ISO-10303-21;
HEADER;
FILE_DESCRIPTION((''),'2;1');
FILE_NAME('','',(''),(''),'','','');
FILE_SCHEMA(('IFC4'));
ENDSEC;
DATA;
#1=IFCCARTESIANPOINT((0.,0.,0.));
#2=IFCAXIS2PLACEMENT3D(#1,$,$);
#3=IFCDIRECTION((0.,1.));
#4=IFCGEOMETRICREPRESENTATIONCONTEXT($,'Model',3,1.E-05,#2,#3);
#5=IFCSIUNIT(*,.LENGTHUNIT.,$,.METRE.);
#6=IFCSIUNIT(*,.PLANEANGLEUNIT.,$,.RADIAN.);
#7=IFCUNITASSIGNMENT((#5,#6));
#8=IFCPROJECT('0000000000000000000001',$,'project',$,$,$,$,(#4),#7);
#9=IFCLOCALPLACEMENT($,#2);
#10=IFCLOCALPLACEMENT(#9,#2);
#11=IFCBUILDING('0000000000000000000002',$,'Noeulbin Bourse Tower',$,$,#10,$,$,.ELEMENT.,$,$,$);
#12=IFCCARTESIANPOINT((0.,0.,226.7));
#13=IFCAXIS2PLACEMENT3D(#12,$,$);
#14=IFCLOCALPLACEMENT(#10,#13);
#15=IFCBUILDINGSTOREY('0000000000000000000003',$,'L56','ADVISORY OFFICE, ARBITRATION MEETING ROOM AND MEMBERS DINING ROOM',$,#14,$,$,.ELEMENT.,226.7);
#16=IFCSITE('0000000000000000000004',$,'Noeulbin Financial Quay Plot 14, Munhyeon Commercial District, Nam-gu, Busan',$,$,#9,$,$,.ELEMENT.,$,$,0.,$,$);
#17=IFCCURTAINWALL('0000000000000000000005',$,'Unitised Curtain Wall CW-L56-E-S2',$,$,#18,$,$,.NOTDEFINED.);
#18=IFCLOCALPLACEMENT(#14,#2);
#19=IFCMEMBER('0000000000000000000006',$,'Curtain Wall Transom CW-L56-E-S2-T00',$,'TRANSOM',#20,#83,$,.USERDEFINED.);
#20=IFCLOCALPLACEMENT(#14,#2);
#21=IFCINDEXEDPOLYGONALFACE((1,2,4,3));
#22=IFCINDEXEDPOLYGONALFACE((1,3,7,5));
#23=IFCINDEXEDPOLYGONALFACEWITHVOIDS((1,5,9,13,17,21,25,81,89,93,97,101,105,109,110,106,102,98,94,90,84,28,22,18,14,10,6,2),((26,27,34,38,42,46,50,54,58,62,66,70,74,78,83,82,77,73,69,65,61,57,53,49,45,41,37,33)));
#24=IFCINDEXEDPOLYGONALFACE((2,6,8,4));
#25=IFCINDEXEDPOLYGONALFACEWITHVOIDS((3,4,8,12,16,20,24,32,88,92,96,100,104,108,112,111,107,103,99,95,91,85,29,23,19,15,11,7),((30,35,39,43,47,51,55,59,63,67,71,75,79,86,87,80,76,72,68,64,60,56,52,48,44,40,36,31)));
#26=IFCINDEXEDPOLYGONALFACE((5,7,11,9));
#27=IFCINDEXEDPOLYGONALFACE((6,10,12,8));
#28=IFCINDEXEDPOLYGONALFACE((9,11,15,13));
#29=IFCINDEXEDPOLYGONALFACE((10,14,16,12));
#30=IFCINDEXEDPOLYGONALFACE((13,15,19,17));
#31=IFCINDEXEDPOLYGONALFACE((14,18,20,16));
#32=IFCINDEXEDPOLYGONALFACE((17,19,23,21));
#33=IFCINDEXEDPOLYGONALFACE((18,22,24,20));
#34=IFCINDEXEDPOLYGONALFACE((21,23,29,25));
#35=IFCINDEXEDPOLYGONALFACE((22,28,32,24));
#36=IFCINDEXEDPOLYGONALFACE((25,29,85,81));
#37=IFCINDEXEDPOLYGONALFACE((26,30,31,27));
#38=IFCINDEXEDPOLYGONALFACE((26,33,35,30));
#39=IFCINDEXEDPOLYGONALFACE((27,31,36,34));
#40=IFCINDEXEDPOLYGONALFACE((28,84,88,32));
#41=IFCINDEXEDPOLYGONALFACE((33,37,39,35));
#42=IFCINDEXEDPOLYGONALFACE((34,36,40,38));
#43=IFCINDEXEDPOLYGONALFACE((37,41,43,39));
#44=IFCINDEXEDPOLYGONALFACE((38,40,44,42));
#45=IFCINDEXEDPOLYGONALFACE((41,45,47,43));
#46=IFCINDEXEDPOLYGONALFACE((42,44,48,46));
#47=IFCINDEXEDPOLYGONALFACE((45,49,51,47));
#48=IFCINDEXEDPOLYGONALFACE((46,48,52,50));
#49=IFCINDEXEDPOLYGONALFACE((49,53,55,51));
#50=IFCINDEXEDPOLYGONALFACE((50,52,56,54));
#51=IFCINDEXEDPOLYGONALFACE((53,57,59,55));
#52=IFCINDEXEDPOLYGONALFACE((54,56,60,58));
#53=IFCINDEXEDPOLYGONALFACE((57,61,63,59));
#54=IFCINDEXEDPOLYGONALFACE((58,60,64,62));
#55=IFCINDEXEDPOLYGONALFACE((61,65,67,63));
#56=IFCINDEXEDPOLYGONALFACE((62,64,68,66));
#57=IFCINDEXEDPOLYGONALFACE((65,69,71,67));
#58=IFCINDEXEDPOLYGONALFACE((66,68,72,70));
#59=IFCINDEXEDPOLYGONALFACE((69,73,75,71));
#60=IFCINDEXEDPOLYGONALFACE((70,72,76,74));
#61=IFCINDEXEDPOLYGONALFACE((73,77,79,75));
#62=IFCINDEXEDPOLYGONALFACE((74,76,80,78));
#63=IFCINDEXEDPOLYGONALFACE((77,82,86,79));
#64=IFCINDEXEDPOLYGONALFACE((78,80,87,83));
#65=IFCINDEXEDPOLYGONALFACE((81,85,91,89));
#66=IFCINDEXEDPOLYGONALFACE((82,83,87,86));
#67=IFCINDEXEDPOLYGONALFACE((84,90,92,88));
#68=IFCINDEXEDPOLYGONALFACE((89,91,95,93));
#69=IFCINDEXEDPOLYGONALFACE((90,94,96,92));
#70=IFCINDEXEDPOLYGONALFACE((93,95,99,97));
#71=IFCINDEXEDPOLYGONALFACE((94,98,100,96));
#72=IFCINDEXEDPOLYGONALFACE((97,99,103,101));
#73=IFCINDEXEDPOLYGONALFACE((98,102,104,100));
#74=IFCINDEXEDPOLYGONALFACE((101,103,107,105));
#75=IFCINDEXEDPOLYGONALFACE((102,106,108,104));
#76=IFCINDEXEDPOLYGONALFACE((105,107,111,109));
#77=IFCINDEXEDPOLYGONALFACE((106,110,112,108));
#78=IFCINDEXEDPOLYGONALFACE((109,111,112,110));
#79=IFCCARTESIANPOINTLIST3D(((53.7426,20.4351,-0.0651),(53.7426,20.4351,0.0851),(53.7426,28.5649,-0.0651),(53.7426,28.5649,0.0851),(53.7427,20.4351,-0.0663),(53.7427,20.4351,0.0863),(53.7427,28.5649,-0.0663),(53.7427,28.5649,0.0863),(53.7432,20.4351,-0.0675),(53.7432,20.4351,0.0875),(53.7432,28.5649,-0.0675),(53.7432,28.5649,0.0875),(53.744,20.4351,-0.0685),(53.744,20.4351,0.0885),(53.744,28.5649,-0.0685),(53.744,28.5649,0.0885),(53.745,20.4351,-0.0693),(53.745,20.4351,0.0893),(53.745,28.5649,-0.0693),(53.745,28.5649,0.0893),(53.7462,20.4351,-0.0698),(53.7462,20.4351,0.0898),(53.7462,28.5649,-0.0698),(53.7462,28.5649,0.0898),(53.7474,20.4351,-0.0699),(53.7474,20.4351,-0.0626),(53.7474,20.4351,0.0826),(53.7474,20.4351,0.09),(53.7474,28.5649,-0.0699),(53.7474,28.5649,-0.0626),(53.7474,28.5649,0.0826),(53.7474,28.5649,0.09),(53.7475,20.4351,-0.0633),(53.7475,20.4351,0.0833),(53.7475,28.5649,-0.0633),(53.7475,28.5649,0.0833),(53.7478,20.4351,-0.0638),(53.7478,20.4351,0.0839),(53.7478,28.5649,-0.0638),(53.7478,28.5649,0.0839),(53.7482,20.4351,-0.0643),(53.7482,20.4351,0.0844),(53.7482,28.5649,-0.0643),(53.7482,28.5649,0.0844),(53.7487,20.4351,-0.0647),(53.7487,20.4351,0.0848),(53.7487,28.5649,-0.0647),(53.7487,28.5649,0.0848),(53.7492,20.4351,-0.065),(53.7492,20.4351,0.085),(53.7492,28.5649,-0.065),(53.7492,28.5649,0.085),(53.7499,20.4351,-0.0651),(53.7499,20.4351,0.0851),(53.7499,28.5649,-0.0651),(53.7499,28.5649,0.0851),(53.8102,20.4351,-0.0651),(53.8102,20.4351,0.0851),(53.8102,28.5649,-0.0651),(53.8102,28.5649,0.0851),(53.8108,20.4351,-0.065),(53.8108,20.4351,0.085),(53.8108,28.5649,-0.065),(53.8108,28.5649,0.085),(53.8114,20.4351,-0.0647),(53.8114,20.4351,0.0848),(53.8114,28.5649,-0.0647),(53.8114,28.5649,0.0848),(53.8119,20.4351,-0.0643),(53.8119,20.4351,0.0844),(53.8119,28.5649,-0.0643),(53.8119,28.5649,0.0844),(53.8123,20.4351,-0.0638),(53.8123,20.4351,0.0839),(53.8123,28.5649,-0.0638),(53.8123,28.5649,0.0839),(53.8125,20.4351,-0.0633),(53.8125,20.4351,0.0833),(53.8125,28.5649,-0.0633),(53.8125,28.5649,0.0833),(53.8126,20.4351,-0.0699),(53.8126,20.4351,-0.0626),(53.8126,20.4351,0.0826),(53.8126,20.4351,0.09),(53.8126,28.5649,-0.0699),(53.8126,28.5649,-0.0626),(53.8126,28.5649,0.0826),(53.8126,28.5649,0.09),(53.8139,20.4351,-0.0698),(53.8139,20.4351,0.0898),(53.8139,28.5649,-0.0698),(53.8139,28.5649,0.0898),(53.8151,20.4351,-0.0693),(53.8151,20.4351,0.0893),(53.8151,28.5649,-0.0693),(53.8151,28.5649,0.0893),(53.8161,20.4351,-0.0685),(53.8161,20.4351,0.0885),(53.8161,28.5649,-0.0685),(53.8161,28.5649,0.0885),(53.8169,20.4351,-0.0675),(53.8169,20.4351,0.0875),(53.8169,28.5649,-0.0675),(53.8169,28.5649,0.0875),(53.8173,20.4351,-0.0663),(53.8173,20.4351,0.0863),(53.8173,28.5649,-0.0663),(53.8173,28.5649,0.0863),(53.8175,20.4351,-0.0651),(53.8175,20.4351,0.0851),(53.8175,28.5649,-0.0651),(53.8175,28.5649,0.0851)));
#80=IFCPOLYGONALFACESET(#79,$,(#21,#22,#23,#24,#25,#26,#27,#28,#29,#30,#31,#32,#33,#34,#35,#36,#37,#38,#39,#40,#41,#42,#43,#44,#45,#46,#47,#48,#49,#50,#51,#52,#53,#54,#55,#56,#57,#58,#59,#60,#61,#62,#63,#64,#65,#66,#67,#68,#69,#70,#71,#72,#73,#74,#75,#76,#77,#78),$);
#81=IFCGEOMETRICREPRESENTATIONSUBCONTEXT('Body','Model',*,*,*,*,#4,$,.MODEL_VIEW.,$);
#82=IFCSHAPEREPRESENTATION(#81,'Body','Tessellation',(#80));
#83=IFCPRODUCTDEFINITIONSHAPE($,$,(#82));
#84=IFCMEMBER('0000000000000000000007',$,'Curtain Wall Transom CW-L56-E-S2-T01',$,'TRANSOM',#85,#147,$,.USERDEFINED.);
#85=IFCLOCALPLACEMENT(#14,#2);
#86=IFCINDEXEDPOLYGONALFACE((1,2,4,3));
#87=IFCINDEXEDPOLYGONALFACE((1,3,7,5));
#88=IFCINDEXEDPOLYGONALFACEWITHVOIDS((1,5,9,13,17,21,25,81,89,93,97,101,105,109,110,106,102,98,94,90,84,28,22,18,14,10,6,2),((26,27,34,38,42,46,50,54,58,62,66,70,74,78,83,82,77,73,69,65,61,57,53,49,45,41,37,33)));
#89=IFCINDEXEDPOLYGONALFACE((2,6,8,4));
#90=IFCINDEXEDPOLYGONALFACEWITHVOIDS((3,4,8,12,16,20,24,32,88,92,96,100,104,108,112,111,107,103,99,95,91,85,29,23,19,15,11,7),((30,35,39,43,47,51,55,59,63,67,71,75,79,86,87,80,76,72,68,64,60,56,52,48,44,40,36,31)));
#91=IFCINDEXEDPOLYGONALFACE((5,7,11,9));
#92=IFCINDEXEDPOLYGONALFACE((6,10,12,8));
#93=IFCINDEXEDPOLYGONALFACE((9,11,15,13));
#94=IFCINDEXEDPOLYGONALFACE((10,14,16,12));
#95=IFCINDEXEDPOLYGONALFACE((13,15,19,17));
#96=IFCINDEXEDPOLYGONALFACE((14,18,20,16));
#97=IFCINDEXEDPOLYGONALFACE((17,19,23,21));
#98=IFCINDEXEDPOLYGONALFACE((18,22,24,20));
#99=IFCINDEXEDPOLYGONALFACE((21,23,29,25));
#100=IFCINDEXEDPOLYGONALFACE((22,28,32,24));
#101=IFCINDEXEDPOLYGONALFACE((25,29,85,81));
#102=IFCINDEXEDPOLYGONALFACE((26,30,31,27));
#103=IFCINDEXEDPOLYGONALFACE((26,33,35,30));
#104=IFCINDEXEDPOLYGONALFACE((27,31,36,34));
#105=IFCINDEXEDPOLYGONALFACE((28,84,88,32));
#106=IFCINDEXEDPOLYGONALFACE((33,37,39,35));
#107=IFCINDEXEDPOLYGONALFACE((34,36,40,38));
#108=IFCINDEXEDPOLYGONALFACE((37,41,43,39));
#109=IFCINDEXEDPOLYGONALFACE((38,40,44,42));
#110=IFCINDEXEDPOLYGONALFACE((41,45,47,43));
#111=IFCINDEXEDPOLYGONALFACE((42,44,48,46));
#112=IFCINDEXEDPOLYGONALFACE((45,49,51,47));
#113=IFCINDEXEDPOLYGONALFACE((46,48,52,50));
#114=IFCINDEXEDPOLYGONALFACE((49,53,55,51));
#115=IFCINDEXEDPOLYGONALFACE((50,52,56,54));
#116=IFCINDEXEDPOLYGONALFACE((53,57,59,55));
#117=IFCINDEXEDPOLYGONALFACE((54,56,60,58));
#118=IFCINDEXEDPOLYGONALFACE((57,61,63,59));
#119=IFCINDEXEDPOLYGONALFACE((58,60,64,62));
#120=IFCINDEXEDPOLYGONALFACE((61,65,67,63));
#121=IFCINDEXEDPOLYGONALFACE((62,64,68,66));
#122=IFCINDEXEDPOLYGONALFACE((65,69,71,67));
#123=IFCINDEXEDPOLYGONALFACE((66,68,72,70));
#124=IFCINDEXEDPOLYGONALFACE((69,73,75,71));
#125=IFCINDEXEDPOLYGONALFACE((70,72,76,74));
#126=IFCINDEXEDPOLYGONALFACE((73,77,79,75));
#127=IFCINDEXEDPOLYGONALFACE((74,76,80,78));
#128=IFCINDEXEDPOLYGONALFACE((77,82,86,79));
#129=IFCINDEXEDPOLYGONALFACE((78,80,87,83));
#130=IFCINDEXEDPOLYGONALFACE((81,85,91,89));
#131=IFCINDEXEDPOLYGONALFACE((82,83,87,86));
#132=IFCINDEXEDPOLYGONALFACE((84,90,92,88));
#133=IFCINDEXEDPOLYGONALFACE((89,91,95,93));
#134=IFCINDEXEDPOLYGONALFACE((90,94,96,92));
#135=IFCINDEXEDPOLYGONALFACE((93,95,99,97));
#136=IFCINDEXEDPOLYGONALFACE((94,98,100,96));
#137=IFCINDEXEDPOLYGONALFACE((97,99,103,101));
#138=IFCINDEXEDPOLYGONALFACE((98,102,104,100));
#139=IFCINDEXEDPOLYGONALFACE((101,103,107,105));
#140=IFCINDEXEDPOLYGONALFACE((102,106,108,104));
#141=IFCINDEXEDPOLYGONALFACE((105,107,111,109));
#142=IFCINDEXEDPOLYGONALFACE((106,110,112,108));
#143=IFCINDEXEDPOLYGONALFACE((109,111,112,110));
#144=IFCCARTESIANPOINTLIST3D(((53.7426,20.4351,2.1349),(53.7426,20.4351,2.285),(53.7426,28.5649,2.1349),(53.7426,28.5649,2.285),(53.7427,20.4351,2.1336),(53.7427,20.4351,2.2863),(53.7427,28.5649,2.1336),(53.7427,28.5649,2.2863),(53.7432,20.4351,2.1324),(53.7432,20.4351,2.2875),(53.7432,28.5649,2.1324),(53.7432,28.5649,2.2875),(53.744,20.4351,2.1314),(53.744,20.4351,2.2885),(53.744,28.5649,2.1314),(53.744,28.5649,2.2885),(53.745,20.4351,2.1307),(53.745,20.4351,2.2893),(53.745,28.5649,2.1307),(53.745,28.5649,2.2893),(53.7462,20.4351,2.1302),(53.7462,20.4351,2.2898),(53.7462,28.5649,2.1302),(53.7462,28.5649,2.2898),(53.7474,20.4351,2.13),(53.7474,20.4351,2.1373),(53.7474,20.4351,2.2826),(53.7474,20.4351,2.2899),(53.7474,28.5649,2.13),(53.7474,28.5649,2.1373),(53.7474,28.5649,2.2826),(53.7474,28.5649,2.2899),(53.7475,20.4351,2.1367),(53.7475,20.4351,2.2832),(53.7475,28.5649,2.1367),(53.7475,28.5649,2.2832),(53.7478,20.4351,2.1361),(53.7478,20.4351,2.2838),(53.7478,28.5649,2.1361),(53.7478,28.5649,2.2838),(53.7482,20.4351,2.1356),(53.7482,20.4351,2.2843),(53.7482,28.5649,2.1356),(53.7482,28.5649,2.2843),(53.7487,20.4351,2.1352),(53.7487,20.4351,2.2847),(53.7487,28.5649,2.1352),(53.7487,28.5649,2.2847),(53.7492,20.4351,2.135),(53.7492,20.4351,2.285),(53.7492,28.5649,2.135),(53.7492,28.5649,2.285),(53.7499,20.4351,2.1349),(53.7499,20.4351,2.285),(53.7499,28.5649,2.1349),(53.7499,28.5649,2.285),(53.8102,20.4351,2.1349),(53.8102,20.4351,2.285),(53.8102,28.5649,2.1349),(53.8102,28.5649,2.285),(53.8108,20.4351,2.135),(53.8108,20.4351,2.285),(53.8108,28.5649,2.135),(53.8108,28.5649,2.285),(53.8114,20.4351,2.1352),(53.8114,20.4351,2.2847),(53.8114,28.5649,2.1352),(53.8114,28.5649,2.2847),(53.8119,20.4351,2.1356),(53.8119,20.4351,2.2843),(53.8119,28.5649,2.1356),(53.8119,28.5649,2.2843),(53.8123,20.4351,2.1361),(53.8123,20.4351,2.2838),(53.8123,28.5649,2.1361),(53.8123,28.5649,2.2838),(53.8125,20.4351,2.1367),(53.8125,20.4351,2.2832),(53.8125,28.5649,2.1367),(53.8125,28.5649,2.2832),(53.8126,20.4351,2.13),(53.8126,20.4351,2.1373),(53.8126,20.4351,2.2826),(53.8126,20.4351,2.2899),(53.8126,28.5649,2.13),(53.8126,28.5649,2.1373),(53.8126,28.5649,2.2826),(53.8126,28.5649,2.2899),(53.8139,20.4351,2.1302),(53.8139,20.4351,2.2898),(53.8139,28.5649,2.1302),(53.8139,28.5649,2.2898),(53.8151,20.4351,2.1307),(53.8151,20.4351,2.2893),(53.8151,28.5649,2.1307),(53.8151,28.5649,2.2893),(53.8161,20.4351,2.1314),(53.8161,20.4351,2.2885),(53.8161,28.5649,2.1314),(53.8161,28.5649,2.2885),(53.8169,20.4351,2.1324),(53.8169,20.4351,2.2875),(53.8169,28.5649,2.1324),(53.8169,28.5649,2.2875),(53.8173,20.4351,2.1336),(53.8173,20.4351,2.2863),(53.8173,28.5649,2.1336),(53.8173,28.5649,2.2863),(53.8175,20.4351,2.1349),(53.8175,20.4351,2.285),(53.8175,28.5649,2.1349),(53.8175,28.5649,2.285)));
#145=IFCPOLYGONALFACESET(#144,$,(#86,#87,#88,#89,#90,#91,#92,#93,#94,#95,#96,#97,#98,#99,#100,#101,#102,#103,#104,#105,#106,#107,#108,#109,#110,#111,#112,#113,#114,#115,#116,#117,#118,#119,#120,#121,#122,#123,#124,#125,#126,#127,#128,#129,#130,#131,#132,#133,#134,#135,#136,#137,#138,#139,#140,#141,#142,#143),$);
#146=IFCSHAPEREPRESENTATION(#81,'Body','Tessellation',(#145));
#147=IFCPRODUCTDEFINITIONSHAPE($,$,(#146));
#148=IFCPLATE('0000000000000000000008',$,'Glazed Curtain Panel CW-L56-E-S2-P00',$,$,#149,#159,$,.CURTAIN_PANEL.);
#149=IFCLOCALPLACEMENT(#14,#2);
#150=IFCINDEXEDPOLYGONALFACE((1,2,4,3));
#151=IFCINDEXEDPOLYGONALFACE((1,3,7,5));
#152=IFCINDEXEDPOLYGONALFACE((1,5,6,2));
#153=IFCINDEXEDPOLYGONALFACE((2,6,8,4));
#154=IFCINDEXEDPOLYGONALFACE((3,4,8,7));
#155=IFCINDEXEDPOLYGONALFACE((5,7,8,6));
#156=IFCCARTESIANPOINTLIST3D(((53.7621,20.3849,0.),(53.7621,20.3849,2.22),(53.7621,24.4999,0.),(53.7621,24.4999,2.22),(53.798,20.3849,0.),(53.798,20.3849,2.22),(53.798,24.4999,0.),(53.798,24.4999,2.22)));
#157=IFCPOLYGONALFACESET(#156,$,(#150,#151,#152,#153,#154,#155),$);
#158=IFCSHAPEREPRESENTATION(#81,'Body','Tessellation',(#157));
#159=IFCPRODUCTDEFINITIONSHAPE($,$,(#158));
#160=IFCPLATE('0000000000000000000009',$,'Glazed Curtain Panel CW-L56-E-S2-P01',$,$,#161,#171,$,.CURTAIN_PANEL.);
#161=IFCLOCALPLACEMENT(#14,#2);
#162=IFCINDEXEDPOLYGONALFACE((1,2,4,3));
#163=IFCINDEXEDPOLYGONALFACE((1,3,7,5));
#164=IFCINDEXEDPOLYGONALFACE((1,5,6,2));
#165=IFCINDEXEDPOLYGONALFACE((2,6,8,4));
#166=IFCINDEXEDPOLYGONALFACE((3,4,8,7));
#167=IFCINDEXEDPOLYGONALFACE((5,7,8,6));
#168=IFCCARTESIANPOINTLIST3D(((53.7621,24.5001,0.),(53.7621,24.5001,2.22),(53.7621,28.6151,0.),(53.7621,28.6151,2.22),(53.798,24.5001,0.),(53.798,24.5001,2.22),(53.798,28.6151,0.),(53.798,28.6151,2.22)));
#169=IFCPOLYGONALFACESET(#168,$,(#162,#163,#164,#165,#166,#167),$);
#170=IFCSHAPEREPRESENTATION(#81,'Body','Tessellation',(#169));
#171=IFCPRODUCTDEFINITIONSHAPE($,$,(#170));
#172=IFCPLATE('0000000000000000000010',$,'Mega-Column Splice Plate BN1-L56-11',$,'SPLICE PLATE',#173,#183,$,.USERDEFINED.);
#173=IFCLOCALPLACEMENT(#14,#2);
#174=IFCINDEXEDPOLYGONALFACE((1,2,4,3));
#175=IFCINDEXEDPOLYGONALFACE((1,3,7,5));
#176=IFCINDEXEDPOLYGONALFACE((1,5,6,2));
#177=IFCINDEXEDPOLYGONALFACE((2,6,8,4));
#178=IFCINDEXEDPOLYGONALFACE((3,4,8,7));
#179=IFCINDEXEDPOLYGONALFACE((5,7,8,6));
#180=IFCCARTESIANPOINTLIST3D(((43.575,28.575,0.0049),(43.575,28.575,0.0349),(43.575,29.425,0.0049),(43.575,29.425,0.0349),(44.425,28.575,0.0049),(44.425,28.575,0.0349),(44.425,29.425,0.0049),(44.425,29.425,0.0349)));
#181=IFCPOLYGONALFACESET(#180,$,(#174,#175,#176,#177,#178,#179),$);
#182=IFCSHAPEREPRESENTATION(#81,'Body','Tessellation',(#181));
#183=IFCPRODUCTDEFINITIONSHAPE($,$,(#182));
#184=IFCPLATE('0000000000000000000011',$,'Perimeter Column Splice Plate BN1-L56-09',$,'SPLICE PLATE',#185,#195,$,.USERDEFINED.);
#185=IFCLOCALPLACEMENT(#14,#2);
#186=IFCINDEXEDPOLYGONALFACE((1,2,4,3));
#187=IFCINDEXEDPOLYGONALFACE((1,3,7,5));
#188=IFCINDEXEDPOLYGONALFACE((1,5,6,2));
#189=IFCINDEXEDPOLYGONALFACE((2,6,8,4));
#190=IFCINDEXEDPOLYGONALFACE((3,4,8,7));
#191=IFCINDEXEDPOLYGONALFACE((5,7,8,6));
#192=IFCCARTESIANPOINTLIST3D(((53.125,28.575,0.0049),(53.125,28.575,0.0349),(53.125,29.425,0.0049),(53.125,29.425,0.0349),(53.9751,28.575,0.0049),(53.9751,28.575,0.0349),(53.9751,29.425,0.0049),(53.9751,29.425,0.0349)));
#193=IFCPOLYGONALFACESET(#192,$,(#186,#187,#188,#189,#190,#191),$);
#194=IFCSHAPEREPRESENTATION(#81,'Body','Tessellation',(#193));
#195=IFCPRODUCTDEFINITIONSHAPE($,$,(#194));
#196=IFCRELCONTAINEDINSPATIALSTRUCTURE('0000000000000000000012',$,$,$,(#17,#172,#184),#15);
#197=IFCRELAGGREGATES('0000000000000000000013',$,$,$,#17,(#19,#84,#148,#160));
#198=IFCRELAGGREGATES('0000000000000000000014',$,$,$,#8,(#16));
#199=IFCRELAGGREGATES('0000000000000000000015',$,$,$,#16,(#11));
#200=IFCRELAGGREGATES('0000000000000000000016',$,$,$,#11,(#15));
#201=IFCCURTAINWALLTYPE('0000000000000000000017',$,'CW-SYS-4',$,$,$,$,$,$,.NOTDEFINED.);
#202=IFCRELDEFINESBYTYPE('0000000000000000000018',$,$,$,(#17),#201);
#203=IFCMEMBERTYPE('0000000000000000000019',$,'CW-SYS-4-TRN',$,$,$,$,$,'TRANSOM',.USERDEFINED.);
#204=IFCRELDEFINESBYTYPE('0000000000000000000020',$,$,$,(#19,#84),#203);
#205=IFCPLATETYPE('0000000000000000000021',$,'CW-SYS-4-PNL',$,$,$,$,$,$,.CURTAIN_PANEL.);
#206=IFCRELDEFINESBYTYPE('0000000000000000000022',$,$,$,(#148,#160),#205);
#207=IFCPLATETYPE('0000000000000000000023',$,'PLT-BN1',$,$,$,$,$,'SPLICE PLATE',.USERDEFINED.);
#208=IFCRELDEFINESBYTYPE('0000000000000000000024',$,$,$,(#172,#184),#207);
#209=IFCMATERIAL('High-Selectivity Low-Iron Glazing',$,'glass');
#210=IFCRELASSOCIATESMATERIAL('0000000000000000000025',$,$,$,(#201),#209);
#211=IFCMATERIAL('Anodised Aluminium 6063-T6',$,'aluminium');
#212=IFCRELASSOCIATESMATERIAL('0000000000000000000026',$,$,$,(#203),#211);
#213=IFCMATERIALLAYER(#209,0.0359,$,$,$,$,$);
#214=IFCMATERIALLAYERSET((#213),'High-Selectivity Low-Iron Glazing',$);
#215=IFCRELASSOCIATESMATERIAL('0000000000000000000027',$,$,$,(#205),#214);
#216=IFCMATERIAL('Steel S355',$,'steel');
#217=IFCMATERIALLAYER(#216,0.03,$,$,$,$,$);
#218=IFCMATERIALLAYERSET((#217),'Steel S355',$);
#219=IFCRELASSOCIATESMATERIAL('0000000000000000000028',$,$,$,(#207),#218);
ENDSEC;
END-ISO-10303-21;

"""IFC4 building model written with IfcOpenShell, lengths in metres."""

from ifc_helpers import new_model, si_unit, direction, frame, origin, origin_2d, place, context, subcontext, project, spatial, rectangle, hollow_rectangle, extrude, material, layer, layer_set, material_profile, profile_set, type_object, element, aggregate, save


model = new_model("IFC4")

# Units and contexts
model_context = context("Model", 3, precision=1e-05, world=origin(), true_north=direction((0.0, 1.0)))
body_context = subcontext(model_context, "Body", "Model", "MODEL_VIEW")
ifc_project = project(units=[si_unit("LENGTHUNIT", "METRE"), si_unit("PLANEANGLEUNIT", "RADIAN")], contexts=[model_context])

# Site, building, storey
site_placement = place(None, origin())
site = spatial("IfcSite", under=ifc_project, at=site_placement, Name="Noeulbin Financial Quay Plot 14, Munhyeon Commercial District, Nam-gu, Busan", CompositionType="ELEMENT", RefElevation=0.0)
building_placement = place(site_placement, origin())
building = spatial("IfcBuilding", under=site, at=building_placement, Name="Noeulbin Bourse Tower", CompositionType="ELEMENT")
storey_placement = place(building_placement, frame((0.0, 0.0, 226.7)))
storey = spatial("IfcBuildingStorey", under=building, at=storey_placement, Name="L56", Description="ADVISORY OFFICE, ARBITRATION MEETING ROOM AND MEMBERS DINING ROOM", CompositionType="ELEMENT", Elevation=226.7)

# Shared definitions
ifc_material_1 = material(Name="Steel S355", Category="steel")

# Curtain wall
ifc_material_2 = material(Name="High-Selectivity Low-Iron Glazing", Category="glass")
curtain_wall_type = type_object("IfcCurtainWallType", Name="CW-SYS-4", PredefinedType="NOTDEFINED", material=ifc_material_2)
curtain_wall_1_placement = place(storey_placement, origin())
curtain_wall_1 = element("IfcCurtainWall", 1, at=curtain_wall_1_placement, inside=storey, type_object=curtain_wall_type, Name="Unitised Curtain Wall CW-L56-E-S2", PredefinedType="NOTDEFINED")
ifc_material_3 = material(Name="Anodised Aluminium 6063-T6", Category="aluminium")

# Members
ifc_material_profile_1 = material_profile(ifc_material_3, hollow_rectangle(XDim=0.075, YDim=0.1599, WallThickness=0.0049, InnerFilletRadius=0.0024, OuterFilletRadius=0.0049, at=origin_2d()), Name="ALU-TRAN-75x160x5", Category="LoadBearing")
ifc_profile_set_1 = profile_set([ifc_material_profile_1], Name="Anodised Aluminium 6063-T6")
member_type_1 = type_object("IfcMemberType", Name="CW-SYS-4-TRN", ElementType="TRANSOM", PredefinedType="USERDEFINED", material=ifc_profile_set_1)
member_1_placement = place(storey_placement, frame((53.78, 20.4351, 0.01), z_axis=(0.0, 1.0, 0.0), x_axis=(-1.0, 0.0, 0.0)))
member_1 = element("IfcMember", 2, at=member_1_placement, type_object=member_type_1, Name="Curtain Wall Transom CW-L56-E-S2-T00", ObjectType="TRANSOM", PredefinedType="USERDEFINED", context=body_context, shape_type="SweptSolid", body=[
    extrude(hollow_rectangle(XDim=0.075, YDim=0.1599, WallThickness=0.0049, InnerFilletRadius=0.0024, OuterFilletRadius=0.0049, at=origin_2d()), origin(), (0.0, 0.0, 1.0), 8.1299),
])
member_2_placement = place(storey_placement, frame((53.78, 20.4351, 2.21), z_axis=(0.0, 1.0, 0.0), x_axis=(-1.0, 0.0, 0.0)))
member_2 = element("IfcMember", 3, at=member_2_placement, type_object=member_type_1, Name="Curtain Wall Transom CW-L56-E-S2-T01", ObjectType="TRANSOM", PredefinedType="USERDEFINED", context=body_context, shape_type="SweptSolid", body=[
    extrude(hollow_rectangle(XDim=0.075, YDim=0.1599, WallThickness=0.0049, InnerFilletRadius=0.0024, OuterFilletRadius=0.0049, at=origin_2d()), origin(), (0.0, 0.0, 1.0), 8.1299),
])

# Plates
ifc_layer_1 = layer(ifc_material_2, 0.0359)
ifc_layer_set_1 = layer_set([ifc_layer_1], Name="High-Selectivity Low-Iron Glazing")
plate_type_1 = type_object("IfcPlateType", Name="CW-SYS-4-PNL", PredefinedType="CURTAIN_PANEL", material=ifc_layer_set_1)
plate_1_placement = place(storey_placement, frame((53.78, 22.4424, 0.0), z_axis=(0.0, 0.0, 1.0), x_axis=(0.0, 1.0, 0.0)))
plate_1 = element("IfcPlate", 4, at=plate_1_placement, type_object=plate_type_1, Name="Glazed Curtain Panel CW-L56-E-S2-P00", PredefinedType="CURTAIN_PANEL", context=body_context, shape_type="SweptSolid", body=[
    extrude(rectangle(XDim=4.115, YDim=0.0359, at=origin_2d()), origin(), (0.0, 0.0, 1.0), 2.22),
])
plate_2_placement = place(storey_placement, frame((53.78, 26.5576, 0.0), z_axis=(0.0, 0.0, 1.0), x_axis=(0.0, 1.0, 0.0)))
plate_2 = element("IfcPlate", 5, at=plate_2_placement, type_object=plate_type_1, Name="Glazed Curtain Panel CW-L56-E-S2-P01", PredefinedType="CURTAIN_PANEL", context=body_context, shape_type="SweptSolid", body=[
    extrude(rectangle(XDim=4.115, YDim=0.0359, at=origin_2d()), origin(), (0.0, 0.0, 1.0), 2.22),
])
aggregate(curtain_wall_1, [member_1, member_2, plate_1, plate_2])

# Plates
ifc_layer_2 = layer(ifc_material_1, 0.03)
ifc_layer_set_2 = layer_set([ifc_layer_2], Name="Steel S355")
plate_type_2 = type_object("IfcPlateType", Name="PLT-BN1", ElementType="SPLICE PLATE", PredefinedType="USERDEFINED", material=ifc_layer_set_2)
for number, where, z_axis, x_axis, name in (
    (6, (44.0, 29.0, 0.0049), (0.0, 0.0, 1.0), (1.0, 0.0, 0.0), "Mega-Column Splice Plate BN1-L56-11"),
    (7, (53.55, 29.0, 0.0049), (0.0, 0.0, 1.0), (1.0, 0.0, 0.0), "Perimeter Column Splice Plate BN1-L56-09"),
):
    element("IfcPlate", number, at=place(storey_placement, frame(where, z_axis=z_axis, x_axis=x_axis)), inside=storey, type_object=plate_type_2, Name=name, ObjectType="SPLICE PLATE", PredefinedType="USERDEFINED", context=body_context, shape_type="SweptSolid", body=[
        extrude(rectangle(XDim=0.8501, YDim=0.8501, at=origin_2d()), origin(), (0.0, 0.0, 1.0), 0.03),
    ])

save(model, "model.ifc")
